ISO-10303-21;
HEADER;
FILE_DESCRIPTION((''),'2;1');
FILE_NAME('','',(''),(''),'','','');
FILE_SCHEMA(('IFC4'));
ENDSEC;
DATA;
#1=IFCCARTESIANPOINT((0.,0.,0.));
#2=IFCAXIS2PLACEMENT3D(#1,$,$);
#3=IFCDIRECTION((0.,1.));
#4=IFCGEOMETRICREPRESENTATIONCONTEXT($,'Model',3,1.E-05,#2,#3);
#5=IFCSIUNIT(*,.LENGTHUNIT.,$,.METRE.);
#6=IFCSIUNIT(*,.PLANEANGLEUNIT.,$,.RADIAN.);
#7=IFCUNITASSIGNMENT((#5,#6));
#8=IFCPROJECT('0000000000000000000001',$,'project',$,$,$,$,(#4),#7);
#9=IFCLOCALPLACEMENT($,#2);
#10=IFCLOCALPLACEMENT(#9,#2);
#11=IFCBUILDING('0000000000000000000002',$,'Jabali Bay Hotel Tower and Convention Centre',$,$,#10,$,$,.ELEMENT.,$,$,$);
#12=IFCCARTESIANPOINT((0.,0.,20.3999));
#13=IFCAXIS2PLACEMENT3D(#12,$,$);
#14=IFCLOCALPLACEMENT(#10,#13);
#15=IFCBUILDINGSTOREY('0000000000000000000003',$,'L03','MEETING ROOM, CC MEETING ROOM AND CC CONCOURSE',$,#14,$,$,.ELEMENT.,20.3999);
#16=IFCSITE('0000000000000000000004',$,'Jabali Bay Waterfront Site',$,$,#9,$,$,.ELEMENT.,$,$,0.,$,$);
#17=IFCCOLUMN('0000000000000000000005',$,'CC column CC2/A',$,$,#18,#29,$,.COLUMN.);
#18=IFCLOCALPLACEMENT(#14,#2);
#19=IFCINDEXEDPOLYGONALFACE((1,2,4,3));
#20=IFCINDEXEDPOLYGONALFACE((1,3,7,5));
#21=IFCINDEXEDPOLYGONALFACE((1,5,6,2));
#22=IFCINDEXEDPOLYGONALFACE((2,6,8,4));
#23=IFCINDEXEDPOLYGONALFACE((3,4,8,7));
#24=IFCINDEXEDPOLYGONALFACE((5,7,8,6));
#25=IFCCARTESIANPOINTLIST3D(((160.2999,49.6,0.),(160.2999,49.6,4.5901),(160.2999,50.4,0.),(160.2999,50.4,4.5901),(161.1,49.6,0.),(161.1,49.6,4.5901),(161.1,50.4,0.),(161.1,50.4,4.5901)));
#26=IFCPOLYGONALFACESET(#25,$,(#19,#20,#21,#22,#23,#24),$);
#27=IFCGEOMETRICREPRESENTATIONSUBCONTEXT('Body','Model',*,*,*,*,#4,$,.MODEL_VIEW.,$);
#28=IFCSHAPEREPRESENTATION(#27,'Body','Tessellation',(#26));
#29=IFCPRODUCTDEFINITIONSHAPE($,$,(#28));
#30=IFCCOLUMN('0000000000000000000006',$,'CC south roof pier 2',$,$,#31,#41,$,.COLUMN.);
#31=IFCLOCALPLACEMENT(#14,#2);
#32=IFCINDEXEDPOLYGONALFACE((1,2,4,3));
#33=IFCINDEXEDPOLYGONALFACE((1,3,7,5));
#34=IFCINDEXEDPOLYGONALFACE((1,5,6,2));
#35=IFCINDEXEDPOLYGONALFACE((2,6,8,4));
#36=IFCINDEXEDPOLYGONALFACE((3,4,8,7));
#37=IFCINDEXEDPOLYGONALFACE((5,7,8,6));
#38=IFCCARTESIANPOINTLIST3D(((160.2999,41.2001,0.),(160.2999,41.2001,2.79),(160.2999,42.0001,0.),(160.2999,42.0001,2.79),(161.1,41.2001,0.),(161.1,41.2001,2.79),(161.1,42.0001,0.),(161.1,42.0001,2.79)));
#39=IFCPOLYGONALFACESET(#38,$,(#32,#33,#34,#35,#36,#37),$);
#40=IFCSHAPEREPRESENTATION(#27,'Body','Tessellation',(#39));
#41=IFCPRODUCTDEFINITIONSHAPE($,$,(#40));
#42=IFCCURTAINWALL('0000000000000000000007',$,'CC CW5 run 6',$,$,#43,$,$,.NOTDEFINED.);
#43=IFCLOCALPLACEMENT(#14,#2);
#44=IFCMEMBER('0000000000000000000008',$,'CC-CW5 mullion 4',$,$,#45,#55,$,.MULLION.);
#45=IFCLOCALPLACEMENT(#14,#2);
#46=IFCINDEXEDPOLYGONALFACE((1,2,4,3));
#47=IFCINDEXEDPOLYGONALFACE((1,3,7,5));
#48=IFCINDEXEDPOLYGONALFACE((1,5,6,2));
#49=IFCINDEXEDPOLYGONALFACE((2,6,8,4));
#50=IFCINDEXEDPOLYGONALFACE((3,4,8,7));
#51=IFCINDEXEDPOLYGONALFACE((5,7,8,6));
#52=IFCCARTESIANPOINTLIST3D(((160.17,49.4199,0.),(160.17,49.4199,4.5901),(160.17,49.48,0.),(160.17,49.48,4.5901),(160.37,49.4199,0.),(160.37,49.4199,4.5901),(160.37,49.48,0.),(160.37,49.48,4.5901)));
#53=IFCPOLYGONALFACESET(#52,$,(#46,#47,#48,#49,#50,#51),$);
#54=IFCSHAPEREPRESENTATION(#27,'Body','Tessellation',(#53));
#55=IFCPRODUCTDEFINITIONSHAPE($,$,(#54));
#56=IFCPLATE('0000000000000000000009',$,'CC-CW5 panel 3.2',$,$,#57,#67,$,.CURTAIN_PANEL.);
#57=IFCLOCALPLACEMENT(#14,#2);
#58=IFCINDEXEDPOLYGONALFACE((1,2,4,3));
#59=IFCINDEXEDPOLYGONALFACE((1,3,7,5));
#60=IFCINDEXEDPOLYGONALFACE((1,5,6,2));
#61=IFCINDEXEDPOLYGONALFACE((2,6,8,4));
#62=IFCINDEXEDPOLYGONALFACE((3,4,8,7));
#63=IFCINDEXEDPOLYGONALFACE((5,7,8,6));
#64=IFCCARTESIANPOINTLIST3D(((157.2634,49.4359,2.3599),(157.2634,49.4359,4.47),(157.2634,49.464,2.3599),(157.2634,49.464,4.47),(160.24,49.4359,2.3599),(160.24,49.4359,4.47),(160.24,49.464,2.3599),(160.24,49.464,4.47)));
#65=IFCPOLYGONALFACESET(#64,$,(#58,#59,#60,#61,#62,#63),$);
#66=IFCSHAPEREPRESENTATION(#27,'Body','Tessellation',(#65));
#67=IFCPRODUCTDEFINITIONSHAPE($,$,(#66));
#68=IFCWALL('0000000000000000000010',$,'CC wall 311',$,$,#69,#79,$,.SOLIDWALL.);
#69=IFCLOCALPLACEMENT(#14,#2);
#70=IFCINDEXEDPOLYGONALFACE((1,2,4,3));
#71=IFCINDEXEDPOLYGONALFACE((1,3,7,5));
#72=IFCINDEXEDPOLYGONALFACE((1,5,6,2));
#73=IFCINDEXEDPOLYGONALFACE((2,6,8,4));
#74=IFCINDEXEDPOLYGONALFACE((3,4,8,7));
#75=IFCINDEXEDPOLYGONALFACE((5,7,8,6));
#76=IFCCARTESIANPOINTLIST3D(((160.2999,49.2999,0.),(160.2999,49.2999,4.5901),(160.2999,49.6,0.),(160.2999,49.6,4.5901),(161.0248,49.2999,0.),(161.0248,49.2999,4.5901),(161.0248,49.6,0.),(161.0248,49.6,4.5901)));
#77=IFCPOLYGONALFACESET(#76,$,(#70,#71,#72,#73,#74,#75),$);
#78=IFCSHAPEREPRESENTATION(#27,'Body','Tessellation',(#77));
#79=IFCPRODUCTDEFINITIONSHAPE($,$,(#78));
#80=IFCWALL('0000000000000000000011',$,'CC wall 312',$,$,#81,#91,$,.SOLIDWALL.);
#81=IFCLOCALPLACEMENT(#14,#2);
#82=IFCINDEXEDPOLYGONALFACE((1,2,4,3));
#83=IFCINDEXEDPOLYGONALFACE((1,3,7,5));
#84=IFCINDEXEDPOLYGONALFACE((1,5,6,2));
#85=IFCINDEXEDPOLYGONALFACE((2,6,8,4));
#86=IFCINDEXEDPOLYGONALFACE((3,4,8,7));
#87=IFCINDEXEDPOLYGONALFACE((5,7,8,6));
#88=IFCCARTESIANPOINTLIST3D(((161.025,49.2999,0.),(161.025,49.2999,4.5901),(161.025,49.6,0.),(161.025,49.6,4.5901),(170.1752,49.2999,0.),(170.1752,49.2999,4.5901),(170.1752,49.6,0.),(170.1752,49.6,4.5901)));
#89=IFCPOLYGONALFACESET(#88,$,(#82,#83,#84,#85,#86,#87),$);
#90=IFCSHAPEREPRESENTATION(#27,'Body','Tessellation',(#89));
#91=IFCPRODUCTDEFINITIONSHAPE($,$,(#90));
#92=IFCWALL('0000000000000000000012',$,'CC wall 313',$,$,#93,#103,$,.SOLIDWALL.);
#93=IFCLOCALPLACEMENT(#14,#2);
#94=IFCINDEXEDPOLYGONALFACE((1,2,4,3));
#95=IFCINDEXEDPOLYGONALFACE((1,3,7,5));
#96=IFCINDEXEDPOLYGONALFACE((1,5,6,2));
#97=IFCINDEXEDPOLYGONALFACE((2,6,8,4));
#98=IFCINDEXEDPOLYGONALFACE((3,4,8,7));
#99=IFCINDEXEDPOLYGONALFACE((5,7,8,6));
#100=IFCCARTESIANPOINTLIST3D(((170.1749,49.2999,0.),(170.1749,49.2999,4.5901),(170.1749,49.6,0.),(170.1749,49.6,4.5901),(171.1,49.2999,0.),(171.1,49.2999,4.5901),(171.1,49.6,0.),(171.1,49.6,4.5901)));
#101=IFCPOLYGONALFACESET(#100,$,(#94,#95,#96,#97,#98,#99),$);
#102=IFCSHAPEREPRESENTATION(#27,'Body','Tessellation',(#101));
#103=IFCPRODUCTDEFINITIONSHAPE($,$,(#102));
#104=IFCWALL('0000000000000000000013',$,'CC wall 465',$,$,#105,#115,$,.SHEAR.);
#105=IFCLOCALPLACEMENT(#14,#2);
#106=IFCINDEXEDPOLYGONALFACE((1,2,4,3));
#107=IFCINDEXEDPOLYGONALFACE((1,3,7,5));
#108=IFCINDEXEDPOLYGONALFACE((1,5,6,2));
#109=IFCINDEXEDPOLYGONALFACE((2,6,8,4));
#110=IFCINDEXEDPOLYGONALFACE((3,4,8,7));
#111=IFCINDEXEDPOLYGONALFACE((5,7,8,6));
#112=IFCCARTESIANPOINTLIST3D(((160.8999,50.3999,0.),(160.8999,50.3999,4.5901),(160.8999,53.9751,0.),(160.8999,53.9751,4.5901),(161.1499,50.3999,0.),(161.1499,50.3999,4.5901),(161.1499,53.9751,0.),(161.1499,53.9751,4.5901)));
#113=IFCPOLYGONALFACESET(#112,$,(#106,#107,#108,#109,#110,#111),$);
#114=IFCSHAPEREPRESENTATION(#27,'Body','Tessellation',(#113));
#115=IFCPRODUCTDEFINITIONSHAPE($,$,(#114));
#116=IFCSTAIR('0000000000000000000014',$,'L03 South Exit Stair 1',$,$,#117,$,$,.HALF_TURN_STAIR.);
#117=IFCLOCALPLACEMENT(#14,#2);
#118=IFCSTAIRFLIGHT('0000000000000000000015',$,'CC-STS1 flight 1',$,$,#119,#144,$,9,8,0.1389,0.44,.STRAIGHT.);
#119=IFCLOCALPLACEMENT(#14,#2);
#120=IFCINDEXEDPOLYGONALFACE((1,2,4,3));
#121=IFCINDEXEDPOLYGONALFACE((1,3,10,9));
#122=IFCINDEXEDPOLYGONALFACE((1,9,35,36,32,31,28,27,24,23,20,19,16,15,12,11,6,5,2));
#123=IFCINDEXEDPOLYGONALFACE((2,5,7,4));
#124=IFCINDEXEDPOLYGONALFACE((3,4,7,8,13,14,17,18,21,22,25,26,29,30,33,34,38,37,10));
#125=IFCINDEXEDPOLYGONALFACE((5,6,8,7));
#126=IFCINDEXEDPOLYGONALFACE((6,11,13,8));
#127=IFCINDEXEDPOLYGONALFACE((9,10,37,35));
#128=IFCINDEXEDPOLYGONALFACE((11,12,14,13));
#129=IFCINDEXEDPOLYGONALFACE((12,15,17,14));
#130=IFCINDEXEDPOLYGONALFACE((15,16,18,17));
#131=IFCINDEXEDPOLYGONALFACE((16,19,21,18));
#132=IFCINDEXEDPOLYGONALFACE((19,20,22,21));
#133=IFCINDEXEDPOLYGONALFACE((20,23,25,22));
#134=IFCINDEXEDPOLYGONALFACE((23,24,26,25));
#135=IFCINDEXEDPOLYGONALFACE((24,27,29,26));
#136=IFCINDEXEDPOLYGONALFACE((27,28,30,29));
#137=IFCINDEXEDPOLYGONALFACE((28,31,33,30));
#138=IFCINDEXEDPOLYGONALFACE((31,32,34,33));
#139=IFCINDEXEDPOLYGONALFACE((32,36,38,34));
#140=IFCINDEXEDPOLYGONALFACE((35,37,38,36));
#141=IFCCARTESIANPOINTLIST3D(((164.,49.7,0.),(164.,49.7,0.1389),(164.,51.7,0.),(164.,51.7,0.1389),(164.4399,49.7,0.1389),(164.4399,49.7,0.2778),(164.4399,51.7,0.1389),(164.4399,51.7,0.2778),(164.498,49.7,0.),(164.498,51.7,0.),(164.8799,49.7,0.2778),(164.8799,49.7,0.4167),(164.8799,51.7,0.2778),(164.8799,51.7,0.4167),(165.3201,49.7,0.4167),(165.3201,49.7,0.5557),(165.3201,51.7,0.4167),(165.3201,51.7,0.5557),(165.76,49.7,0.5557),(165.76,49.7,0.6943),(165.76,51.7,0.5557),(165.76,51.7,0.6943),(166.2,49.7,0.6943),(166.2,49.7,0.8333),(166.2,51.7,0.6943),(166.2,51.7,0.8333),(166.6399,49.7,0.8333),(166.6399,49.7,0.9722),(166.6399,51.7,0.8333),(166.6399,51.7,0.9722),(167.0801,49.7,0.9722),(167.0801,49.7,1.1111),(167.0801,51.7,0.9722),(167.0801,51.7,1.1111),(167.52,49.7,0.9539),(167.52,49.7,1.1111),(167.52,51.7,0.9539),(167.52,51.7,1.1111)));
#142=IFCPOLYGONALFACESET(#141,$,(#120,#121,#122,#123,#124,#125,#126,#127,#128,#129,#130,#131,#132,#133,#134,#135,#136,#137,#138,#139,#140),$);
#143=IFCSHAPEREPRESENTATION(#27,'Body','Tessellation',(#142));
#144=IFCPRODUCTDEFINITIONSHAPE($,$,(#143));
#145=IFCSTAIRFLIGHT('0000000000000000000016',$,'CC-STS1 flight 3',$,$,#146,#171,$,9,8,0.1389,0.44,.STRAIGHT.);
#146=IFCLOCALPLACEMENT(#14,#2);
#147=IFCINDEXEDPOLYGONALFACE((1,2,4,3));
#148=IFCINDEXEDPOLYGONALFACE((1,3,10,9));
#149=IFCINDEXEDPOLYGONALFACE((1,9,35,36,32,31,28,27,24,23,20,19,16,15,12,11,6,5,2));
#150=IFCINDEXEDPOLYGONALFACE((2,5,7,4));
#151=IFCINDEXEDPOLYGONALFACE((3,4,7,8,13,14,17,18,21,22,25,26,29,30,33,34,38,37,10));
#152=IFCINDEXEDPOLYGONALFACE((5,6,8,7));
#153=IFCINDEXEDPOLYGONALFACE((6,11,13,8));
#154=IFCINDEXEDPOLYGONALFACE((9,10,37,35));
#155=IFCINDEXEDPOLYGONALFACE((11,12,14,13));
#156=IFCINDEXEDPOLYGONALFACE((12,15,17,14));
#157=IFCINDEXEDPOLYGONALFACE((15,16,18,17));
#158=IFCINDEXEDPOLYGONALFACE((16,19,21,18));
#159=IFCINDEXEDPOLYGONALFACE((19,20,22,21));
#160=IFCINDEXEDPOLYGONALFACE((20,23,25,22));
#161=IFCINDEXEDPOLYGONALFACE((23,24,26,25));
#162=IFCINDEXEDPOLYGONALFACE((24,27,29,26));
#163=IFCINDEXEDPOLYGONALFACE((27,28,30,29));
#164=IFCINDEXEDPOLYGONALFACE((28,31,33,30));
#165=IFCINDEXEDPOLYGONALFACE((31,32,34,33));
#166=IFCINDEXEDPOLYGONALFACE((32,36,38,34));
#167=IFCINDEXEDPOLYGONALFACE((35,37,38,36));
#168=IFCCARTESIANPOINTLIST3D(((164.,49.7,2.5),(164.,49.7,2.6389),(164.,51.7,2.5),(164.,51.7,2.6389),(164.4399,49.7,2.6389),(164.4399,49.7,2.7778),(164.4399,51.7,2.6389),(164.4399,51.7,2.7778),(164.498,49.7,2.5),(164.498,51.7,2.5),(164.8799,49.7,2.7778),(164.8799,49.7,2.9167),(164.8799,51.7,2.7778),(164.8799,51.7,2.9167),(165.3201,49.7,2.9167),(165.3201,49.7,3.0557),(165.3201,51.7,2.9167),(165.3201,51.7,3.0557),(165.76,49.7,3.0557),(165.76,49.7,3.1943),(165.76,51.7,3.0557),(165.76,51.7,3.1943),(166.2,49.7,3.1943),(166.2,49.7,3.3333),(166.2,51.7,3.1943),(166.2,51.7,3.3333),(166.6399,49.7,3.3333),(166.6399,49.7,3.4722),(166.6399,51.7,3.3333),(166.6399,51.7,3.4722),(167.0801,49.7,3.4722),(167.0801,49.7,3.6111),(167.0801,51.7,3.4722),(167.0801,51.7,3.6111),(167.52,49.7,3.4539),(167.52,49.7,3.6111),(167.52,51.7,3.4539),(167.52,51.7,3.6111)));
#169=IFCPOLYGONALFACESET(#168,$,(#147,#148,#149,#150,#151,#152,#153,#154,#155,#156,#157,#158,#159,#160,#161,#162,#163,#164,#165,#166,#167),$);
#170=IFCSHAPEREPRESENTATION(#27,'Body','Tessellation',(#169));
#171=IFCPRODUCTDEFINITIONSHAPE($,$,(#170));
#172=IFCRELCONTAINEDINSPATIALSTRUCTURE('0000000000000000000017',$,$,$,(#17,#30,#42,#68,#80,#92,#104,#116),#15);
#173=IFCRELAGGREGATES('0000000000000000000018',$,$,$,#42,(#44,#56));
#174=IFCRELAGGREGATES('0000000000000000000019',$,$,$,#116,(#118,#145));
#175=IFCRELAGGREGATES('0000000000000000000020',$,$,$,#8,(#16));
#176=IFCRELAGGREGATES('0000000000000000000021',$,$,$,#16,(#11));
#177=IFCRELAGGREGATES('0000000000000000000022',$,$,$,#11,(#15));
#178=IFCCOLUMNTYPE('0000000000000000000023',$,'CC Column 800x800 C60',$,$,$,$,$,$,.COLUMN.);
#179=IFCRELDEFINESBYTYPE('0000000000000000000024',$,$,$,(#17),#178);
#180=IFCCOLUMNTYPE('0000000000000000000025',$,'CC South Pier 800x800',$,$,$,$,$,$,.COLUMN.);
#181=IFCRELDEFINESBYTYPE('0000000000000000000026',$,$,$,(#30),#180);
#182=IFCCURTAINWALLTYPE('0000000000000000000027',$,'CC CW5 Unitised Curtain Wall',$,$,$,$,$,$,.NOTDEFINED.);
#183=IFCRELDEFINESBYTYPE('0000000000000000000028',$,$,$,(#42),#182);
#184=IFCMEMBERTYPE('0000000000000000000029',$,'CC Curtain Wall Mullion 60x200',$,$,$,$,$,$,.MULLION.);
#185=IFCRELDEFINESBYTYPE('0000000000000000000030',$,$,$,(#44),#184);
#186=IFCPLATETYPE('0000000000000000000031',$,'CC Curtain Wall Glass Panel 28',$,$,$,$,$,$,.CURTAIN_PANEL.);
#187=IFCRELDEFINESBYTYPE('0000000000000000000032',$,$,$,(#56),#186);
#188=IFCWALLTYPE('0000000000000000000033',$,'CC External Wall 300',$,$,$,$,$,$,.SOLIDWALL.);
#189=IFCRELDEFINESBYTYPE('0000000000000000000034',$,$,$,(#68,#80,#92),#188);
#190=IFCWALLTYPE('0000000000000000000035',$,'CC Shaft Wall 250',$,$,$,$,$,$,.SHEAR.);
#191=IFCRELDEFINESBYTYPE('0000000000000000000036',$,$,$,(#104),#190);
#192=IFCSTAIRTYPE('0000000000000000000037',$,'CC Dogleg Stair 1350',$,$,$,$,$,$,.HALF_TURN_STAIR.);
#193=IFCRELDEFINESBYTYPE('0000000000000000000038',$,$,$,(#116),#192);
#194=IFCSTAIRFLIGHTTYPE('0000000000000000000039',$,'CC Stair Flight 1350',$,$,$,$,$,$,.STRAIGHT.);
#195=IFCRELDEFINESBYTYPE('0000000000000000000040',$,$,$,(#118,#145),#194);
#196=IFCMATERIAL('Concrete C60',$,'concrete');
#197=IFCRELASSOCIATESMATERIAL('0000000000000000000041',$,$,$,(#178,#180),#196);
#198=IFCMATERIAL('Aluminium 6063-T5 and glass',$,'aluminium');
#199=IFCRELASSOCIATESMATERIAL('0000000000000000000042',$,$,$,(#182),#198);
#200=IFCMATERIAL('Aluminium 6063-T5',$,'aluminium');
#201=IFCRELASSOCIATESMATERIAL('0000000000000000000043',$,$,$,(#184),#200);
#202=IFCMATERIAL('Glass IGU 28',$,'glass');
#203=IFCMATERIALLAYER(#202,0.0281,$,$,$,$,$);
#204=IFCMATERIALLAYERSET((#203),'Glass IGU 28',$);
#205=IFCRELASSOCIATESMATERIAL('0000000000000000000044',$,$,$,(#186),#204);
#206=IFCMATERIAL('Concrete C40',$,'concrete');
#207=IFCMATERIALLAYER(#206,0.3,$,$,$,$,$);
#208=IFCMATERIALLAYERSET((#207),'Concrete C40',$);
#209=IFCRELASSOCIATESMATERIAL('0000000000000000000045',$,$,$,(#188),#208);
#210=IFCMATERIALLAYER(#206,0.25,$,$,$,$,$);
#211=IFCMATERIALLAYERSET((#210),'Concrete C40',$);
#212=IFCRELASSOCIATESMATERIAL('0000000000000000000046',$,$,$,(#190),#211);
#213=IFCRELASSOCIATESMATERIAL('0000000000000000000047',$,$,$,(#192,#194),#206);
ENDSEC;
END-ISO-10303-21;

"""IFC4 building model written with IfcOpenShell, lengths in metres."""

from ifc_helpers import new_model, si_unit, direction, frame, frame_2d, origin, origin_2d, place, context, subcontext, project, spatial, polyline, rectangle, outline, extrude, material, layer, layer_set, material_profile, profile_set, type_object, element, aggregate, save


model = new_model("IFC4")

# Units and contexts
model_context = context("Model", 3, precision=1e-05, world=origin(), true_north=direction((0.0, 1.0)))
body_context = subcontext(model_context, "Body", "Model", "MODEL_VIEW")
ifc_project = project(units=[si_unit("LENGTHUNIT", "METRE"), si_unit("PLANEANGLEUNIT", "RADIAN")], contexts=[model_context])

# Site, building, storey
site_placement = place(None, origin())
site = spatial("IfcSite", under=ifc_project, at=site_placement, Name="Jabali Bay Waterfront Site", CompositionType="ELEMENT", RefElevation=0.0)
building_placement = place(site_placement, origin())
building = spatial("IfcBuilding", under=site, at=building_placement, Name="Jabali Bay Hotel Tower and Convention Centre", CompositionType="ELEMENT")
storey_placement = place(building_placement, frame((0.0, 0.0, 20.3999)))
storey = spatial("IfcBuildingStorey", under=building, at=storey_placement, Name="L03", Description="MEETING ROOM, CC MEETING ROOM AND CC CONCOURSE", CompositionType="ELEMENT", Elevation=20.3999)

# Columns
ifc_material_1 = material(Name="Concrete C60", Category="concrete")
ifc_material_profile_1 = material_profile(ifc_material_1, rectangle(XDim=0.8, YDim=0.8, at=origin_2d()), Name="RC 800x800")
ifc_profile_set_1 = profile_set([ifc_material_profile_1], Name="Concrete C60")
column_type_1 = type_object("IfcColumnType", Name="CC Column 800x800 C60", PredefinedType="COLUMN", material=ifc_profile_set_1)
column_1_placement = place(storey_placement, frame((160.7, 50.0, 0.0), z_axis=(0.0, 0.0, 1.0), x_axis=(1.0, 0.0, 0.0)))
element("IfcColumn", 1, at=column_1_placement, inside=storey, type_object=column_type_1, Name="CC column CC2/A", PredefinedType="COLUMN", context=body_context, shape_type="SweptSolid", body=[
    extrude(rectangle(XDim=0.8, YDim=0.8, at=origin_2d()), origin(), (0.0, 0.0, 1.0), 4.5901),
])
ifc_material_profile_2 = material_profile(ifc_material_1, rectangle(XDim=0.8, YDim=0.8, at=origin_2d()), Name="RC 800x800")
ifc_profile_set_2 = profile_set([ifc_material_profile_2], Name="Concrete C60")
column_type_2 = type_object("IfcColumnType", Name="CC South Pier 800x800", PredefinedType="COLUMN", material=ifc_profile_set_2)
column_2_placement = place(storey_placement, frame((160.7, 41.6001, 0.0), z_axis=(0.0, 0.0, 1.0), x_axis=(1.0, 0.0, 0.0)))
element("IfcColumn", 2, at=column_2_placement, inside=storey, type_object=column_type_2, Name="CC south roof pier 2", PredefinedType="COLUMN", context=body_context, shape_type="SweptSolid", body=[
    extrude(rectangle(XDim=0.8, YDim=0.8, at=origin_2d()), origin(), (0.0, 0.0, 1.0), 2.79),
])

# Curtain wall, member, plate
ifc_material_2 = material(Name="Aluminium 6063-T5 and glass", Category="aluminium")
curtain_wall_type = type_object("IfcCurtainWallType", Name="CC CW5 Unitised Curtain Wall", PredefinedType="NOTDEFINED", material=ifc_material_2)
curtain_wall_placement = place(storey_placement, origin())
curtain_wall = element("IfcCurtainWall", 3, at=curtain_wall_placement, inside=storey, type_object=curtain_wall_type, Name="CC CW5 run 6", PredefinedType="NOTDEFINED")
ifc_material_3 = material(Name="Aluminium 6063-T5", Category="aluminium")
ifc_material_profile_3 = material_profile(ifc_material_3, rectangle(XDim=0.0601, YDim=0.2, at=origin_2d()), Name="AL 60x200")
ifc_profile_set_3 = profile_set([ifc_material_profile_3], Name="Aluminium 6063-T5")
member_type = type_object("IfcMemberType", Name="CC Curtain Wall Mullion 60x200", PredefinedType="MULLION", material=ifc_profile_set_3)
member_placement = place(storey_placement, frame((160.27, 49.45, 0.0), z_axis=(0.0, 0.0, 1.0), x_axis=(0.0, 1.0, 0.0)))
member = element("IfcMember", 4, at=member_placement, type_object=member_type, Name="CC-CW5 mullion 4", PredefinedType="MULLION", context=body_context, shape_type="SweptSolid", body=[
    extrude(rectangle(XDim=0.0601, YDim=0.2, at=origin_2d()), origin(), (0.0, 0.0, 1.0), 4.5901),
])
ifc_material_4 = material(Name="Glass IGU 28", Category="glass")
ifc_layer_1 = layer(ifc_material_4, 0.0281)
ifc_layer_set_1 = layer_set([ifc_layer_1], Name="Glass IGU 28")
plate_type = type_object("IfcPlateType", Name="CC Curtain Wall Glass Panel 28", PredefinedType="CURTAIN_PANEL", material=ifc_layer_set_1)
plate_placement = place(storey_placement, frame((158.7517, 49.45, 2.3599), z_axis=(0.0, 0.0, 1.0), x_axis=(1.0, 0.0, 0.0)))
plate = element("IfcPlate", 5, at=plate_placement, type_object=plate_type, Name="CC-CW5 panel 3.2", PredefinedType="CURTAIN_PANEL", context=body_context, shape_type="SweptSolid", body=[
    extrude(rectangle(XDim=2.9766, YDim=0.0281, at=origin_2d()), origin(), (0.0, 0.0, 1.0), 2.1101),
])
aggregate(curtain_wall, [member, plate])

# Walls
ifc_material_5 = material(Name="Concrete C40", Category="concrete")
ifc_layer_2 = layer(ifc_material_5, 0.3)
ifc_layer_set_2 = layer_set([ifc_layer_2], Name="Concrete C40")
wall_type_1 = type_object("IfcWallType", Name="CC External Wall 300", PredefinedType="SOLIDWALL", material=ifc_layer_set_2)
wall_1_placement = place(storey_placement, frame((160.3, 49.45, 0.0), z_axis=(0.0, 0.0, 1.0), x_axis=(1.0, 0.0, 0.0)))
element("IfcWall", 6, at=wall_1_placement, inside=storey, type_object=wall_type_1, Name="CC wall 311", PredefinedType="SOLIDWALL", context=body_context, shape_type="SweptSolid", body=[
    extrude(rectangle(XDim=0.7249, YDim=0.3, at=frame_2d((0.3623, 0.0))), origin(), (0.0, 0.0, 1.0), 4.5901),
])
wall_2_placement = place(storey_placement, frame((161.0249, 49.45, 0.0), z_axis=(0.0, 0.0, 1.0), x_axis=(1.0, 0.0, 0.0)))
element("IfcWall", 7, at=wall_2_placement, inside=storey, type_object=wall_type_1, Name="CC wall 312", PredefinedType="SOLIDWALL", context=body_context, shape_type="SweptSolid", body=[
    extrude(rectangle(XDim=9.1501, YDim=0.3, at=frame_2d((4.5752, 0.0))), origin(), (0.0, 0.0, 1.0), 4.5901),
])
wall_3_placement = place(storey_placement, frame((170.175, 49.45, 0.0), z_axis=(0.0, 0.0, 1.0), x_axis=(1.0, 0.0, 0.0)))
element("IfcWall", 8, at=wall_3_placement, inside=storey, type_object=wall_type_1, Name="CC wall 313", PredefinedType="SOLIDWALL", context=body_context, shape_type="SweptSolid", body=[
    extrude(rectangle(XDim=0.925, YDim=0.3, at=frame_2d((0.4624, 0.0))), origin(), (0.0, 0.0, 1.0), 4.5901),
])
ifc_layer_3 = layer(ifc_material_5, 0.25)
ifc_layer_set_3 = layer_set([ifc_layer_3], Name="Concrete C40")
wall_type_2 = type_object("IfcWallType", Name="CC Shaft Wall 250", PredefinedType="SHEAR", material=ifc_layer_set_3)
wall_4_placement = place(storey_placement, frame((161.0249, 50.3999, 0.0), z_axis=(0.0, 0.0, 1.0), x_axis=(0.0, 1.0, 0.0)))
element("IfcWall", 9, at=wall_4_placement, inside=storey, type_object=wall_type_2, Name="CC wall 465", PredefinedType="SHEAR", context=body_context, shape_type="SweptSolid", body=[
    extrude(rectangle(XDim=3.5752, YDim=0.25, at=frame_2d((1.7876, 0.0))), origin(), (0.0, 0.0, 1.0), 4.5901),
])

# Stair, stair flights
stair_type = type_object("IfcStairType", Name="CC Dogleg Stair 1350", PredefinedType="HALF_TURN_STAIR", material=ifc_material_5)
stair_placement = place(storey_placement, origin())
stair = element("IfcStair", 10, at=stair_placement, inside=storey, type_object=stair_type, Name="L03 South Exit Stair 1", PredefinedType="HALF_TURN_STAIR")
stair_flight_type = type_object("IfcStairFlightType", Name="CC Stair Flight 1350", PredefinedType="STRAIGHT", material=ifc_material_5)
stair_flight_1_placement = place(storey_placement, frame((164.0, 50.7, 0.0), z_axis=(0.0, 0.0, 1.0), x_axis=(1.0, 0.0, 0.0)))
stair_flight_1 = element("IfcStairFlight", 11, at=stair_flight_1_placement, type_object=stair_flight_type, Name="CC-STS1 flight 1", NumberOfRisers=9, NumberOfTreads=8, PredefinedType="STRAIGHT", RiserHeight=0.1389, TreadLength=0.44, context=body_context, shape_type="SweptSolid", body=[
    extrude(outline(polyline([(0.0, 0.0), (0.0, 0.1389), (0.4399, 0.1389), (0.4399, 0.2778), (0.8799, 0.2778), (0.8799, 0.4167), (1.3201, 0.4167), (1.3201, 0.5557), (1.76, 0.5557), (1.76, 0.6943), (2.2, 0.6943), (2.2, 0.8333), (2.6399, 0.8333), (2.6399, 0.9722), (3.0801, 0.9722), (3.0801, 1.1111), (3.52, 1.1111), (3.52, 1.25), (3.52, 0.9539), (0.498, 0.0), (0.0, 0.0)])), frame((0.0, 1.0, 0.0), z_axis=(0.0, -1.0, 0.0), x_axis=(1.0, 0.0, 0.0)), (0.0, 0.0, 1.0), 2.0),
])
stair_flight_2_placement = place(storey_placement, frame((164.0, 50.7, 2.5), z_axis=(0.0, 0.0, 1.0), x_axis=(1.0, 0.0, 0.0)))
stair_flight_2 = element("IfcStairFlight", 12, at=stair_flight_2_placement, type_object=stair_flight_type, Name="CC-STS1 flight 3", NumberOfRisers=9, NumberOfTreads=8, PredefinedType="STRAIGHT", RiserHeight=0.1389, TreadLength=0.44, context=body_context, shape_type="SweptSolid", body=[
    extrude(outline(polyline([(0.0, 0.0), (0.0, 0.1389), (0.4399, 0.1389), (0.4399, 0.2778), (0.8799, 0.2778), (0.8799, 0.4167), (1.3201, 0.4167), (1.3201, 0.5557), (1.76, 0.5557), (1.76, 0.6943), (2.2, 0.6943), (2.2, 0.8333), (2.6399, 0.8333), (2.6399, 0.9722), (3.0801, 0.9722), (3.0801, 1.1111), (3.52, 1.1111), (3.52, 1.25), (3.52, 0.9539), (0.498, 0.0), (0.0, 0.0)])), frame((0.0, 1.0, 0.0), z_axis=(0.0, -1.0, 0.0), x_axis=(1.0, 0.0, 0.0)), (0.0, 0.0, 1.0), 2.0),
])
aggregate(stair, [stair_flight_1, stair_flight_2])

save(model, "model.ifc")
